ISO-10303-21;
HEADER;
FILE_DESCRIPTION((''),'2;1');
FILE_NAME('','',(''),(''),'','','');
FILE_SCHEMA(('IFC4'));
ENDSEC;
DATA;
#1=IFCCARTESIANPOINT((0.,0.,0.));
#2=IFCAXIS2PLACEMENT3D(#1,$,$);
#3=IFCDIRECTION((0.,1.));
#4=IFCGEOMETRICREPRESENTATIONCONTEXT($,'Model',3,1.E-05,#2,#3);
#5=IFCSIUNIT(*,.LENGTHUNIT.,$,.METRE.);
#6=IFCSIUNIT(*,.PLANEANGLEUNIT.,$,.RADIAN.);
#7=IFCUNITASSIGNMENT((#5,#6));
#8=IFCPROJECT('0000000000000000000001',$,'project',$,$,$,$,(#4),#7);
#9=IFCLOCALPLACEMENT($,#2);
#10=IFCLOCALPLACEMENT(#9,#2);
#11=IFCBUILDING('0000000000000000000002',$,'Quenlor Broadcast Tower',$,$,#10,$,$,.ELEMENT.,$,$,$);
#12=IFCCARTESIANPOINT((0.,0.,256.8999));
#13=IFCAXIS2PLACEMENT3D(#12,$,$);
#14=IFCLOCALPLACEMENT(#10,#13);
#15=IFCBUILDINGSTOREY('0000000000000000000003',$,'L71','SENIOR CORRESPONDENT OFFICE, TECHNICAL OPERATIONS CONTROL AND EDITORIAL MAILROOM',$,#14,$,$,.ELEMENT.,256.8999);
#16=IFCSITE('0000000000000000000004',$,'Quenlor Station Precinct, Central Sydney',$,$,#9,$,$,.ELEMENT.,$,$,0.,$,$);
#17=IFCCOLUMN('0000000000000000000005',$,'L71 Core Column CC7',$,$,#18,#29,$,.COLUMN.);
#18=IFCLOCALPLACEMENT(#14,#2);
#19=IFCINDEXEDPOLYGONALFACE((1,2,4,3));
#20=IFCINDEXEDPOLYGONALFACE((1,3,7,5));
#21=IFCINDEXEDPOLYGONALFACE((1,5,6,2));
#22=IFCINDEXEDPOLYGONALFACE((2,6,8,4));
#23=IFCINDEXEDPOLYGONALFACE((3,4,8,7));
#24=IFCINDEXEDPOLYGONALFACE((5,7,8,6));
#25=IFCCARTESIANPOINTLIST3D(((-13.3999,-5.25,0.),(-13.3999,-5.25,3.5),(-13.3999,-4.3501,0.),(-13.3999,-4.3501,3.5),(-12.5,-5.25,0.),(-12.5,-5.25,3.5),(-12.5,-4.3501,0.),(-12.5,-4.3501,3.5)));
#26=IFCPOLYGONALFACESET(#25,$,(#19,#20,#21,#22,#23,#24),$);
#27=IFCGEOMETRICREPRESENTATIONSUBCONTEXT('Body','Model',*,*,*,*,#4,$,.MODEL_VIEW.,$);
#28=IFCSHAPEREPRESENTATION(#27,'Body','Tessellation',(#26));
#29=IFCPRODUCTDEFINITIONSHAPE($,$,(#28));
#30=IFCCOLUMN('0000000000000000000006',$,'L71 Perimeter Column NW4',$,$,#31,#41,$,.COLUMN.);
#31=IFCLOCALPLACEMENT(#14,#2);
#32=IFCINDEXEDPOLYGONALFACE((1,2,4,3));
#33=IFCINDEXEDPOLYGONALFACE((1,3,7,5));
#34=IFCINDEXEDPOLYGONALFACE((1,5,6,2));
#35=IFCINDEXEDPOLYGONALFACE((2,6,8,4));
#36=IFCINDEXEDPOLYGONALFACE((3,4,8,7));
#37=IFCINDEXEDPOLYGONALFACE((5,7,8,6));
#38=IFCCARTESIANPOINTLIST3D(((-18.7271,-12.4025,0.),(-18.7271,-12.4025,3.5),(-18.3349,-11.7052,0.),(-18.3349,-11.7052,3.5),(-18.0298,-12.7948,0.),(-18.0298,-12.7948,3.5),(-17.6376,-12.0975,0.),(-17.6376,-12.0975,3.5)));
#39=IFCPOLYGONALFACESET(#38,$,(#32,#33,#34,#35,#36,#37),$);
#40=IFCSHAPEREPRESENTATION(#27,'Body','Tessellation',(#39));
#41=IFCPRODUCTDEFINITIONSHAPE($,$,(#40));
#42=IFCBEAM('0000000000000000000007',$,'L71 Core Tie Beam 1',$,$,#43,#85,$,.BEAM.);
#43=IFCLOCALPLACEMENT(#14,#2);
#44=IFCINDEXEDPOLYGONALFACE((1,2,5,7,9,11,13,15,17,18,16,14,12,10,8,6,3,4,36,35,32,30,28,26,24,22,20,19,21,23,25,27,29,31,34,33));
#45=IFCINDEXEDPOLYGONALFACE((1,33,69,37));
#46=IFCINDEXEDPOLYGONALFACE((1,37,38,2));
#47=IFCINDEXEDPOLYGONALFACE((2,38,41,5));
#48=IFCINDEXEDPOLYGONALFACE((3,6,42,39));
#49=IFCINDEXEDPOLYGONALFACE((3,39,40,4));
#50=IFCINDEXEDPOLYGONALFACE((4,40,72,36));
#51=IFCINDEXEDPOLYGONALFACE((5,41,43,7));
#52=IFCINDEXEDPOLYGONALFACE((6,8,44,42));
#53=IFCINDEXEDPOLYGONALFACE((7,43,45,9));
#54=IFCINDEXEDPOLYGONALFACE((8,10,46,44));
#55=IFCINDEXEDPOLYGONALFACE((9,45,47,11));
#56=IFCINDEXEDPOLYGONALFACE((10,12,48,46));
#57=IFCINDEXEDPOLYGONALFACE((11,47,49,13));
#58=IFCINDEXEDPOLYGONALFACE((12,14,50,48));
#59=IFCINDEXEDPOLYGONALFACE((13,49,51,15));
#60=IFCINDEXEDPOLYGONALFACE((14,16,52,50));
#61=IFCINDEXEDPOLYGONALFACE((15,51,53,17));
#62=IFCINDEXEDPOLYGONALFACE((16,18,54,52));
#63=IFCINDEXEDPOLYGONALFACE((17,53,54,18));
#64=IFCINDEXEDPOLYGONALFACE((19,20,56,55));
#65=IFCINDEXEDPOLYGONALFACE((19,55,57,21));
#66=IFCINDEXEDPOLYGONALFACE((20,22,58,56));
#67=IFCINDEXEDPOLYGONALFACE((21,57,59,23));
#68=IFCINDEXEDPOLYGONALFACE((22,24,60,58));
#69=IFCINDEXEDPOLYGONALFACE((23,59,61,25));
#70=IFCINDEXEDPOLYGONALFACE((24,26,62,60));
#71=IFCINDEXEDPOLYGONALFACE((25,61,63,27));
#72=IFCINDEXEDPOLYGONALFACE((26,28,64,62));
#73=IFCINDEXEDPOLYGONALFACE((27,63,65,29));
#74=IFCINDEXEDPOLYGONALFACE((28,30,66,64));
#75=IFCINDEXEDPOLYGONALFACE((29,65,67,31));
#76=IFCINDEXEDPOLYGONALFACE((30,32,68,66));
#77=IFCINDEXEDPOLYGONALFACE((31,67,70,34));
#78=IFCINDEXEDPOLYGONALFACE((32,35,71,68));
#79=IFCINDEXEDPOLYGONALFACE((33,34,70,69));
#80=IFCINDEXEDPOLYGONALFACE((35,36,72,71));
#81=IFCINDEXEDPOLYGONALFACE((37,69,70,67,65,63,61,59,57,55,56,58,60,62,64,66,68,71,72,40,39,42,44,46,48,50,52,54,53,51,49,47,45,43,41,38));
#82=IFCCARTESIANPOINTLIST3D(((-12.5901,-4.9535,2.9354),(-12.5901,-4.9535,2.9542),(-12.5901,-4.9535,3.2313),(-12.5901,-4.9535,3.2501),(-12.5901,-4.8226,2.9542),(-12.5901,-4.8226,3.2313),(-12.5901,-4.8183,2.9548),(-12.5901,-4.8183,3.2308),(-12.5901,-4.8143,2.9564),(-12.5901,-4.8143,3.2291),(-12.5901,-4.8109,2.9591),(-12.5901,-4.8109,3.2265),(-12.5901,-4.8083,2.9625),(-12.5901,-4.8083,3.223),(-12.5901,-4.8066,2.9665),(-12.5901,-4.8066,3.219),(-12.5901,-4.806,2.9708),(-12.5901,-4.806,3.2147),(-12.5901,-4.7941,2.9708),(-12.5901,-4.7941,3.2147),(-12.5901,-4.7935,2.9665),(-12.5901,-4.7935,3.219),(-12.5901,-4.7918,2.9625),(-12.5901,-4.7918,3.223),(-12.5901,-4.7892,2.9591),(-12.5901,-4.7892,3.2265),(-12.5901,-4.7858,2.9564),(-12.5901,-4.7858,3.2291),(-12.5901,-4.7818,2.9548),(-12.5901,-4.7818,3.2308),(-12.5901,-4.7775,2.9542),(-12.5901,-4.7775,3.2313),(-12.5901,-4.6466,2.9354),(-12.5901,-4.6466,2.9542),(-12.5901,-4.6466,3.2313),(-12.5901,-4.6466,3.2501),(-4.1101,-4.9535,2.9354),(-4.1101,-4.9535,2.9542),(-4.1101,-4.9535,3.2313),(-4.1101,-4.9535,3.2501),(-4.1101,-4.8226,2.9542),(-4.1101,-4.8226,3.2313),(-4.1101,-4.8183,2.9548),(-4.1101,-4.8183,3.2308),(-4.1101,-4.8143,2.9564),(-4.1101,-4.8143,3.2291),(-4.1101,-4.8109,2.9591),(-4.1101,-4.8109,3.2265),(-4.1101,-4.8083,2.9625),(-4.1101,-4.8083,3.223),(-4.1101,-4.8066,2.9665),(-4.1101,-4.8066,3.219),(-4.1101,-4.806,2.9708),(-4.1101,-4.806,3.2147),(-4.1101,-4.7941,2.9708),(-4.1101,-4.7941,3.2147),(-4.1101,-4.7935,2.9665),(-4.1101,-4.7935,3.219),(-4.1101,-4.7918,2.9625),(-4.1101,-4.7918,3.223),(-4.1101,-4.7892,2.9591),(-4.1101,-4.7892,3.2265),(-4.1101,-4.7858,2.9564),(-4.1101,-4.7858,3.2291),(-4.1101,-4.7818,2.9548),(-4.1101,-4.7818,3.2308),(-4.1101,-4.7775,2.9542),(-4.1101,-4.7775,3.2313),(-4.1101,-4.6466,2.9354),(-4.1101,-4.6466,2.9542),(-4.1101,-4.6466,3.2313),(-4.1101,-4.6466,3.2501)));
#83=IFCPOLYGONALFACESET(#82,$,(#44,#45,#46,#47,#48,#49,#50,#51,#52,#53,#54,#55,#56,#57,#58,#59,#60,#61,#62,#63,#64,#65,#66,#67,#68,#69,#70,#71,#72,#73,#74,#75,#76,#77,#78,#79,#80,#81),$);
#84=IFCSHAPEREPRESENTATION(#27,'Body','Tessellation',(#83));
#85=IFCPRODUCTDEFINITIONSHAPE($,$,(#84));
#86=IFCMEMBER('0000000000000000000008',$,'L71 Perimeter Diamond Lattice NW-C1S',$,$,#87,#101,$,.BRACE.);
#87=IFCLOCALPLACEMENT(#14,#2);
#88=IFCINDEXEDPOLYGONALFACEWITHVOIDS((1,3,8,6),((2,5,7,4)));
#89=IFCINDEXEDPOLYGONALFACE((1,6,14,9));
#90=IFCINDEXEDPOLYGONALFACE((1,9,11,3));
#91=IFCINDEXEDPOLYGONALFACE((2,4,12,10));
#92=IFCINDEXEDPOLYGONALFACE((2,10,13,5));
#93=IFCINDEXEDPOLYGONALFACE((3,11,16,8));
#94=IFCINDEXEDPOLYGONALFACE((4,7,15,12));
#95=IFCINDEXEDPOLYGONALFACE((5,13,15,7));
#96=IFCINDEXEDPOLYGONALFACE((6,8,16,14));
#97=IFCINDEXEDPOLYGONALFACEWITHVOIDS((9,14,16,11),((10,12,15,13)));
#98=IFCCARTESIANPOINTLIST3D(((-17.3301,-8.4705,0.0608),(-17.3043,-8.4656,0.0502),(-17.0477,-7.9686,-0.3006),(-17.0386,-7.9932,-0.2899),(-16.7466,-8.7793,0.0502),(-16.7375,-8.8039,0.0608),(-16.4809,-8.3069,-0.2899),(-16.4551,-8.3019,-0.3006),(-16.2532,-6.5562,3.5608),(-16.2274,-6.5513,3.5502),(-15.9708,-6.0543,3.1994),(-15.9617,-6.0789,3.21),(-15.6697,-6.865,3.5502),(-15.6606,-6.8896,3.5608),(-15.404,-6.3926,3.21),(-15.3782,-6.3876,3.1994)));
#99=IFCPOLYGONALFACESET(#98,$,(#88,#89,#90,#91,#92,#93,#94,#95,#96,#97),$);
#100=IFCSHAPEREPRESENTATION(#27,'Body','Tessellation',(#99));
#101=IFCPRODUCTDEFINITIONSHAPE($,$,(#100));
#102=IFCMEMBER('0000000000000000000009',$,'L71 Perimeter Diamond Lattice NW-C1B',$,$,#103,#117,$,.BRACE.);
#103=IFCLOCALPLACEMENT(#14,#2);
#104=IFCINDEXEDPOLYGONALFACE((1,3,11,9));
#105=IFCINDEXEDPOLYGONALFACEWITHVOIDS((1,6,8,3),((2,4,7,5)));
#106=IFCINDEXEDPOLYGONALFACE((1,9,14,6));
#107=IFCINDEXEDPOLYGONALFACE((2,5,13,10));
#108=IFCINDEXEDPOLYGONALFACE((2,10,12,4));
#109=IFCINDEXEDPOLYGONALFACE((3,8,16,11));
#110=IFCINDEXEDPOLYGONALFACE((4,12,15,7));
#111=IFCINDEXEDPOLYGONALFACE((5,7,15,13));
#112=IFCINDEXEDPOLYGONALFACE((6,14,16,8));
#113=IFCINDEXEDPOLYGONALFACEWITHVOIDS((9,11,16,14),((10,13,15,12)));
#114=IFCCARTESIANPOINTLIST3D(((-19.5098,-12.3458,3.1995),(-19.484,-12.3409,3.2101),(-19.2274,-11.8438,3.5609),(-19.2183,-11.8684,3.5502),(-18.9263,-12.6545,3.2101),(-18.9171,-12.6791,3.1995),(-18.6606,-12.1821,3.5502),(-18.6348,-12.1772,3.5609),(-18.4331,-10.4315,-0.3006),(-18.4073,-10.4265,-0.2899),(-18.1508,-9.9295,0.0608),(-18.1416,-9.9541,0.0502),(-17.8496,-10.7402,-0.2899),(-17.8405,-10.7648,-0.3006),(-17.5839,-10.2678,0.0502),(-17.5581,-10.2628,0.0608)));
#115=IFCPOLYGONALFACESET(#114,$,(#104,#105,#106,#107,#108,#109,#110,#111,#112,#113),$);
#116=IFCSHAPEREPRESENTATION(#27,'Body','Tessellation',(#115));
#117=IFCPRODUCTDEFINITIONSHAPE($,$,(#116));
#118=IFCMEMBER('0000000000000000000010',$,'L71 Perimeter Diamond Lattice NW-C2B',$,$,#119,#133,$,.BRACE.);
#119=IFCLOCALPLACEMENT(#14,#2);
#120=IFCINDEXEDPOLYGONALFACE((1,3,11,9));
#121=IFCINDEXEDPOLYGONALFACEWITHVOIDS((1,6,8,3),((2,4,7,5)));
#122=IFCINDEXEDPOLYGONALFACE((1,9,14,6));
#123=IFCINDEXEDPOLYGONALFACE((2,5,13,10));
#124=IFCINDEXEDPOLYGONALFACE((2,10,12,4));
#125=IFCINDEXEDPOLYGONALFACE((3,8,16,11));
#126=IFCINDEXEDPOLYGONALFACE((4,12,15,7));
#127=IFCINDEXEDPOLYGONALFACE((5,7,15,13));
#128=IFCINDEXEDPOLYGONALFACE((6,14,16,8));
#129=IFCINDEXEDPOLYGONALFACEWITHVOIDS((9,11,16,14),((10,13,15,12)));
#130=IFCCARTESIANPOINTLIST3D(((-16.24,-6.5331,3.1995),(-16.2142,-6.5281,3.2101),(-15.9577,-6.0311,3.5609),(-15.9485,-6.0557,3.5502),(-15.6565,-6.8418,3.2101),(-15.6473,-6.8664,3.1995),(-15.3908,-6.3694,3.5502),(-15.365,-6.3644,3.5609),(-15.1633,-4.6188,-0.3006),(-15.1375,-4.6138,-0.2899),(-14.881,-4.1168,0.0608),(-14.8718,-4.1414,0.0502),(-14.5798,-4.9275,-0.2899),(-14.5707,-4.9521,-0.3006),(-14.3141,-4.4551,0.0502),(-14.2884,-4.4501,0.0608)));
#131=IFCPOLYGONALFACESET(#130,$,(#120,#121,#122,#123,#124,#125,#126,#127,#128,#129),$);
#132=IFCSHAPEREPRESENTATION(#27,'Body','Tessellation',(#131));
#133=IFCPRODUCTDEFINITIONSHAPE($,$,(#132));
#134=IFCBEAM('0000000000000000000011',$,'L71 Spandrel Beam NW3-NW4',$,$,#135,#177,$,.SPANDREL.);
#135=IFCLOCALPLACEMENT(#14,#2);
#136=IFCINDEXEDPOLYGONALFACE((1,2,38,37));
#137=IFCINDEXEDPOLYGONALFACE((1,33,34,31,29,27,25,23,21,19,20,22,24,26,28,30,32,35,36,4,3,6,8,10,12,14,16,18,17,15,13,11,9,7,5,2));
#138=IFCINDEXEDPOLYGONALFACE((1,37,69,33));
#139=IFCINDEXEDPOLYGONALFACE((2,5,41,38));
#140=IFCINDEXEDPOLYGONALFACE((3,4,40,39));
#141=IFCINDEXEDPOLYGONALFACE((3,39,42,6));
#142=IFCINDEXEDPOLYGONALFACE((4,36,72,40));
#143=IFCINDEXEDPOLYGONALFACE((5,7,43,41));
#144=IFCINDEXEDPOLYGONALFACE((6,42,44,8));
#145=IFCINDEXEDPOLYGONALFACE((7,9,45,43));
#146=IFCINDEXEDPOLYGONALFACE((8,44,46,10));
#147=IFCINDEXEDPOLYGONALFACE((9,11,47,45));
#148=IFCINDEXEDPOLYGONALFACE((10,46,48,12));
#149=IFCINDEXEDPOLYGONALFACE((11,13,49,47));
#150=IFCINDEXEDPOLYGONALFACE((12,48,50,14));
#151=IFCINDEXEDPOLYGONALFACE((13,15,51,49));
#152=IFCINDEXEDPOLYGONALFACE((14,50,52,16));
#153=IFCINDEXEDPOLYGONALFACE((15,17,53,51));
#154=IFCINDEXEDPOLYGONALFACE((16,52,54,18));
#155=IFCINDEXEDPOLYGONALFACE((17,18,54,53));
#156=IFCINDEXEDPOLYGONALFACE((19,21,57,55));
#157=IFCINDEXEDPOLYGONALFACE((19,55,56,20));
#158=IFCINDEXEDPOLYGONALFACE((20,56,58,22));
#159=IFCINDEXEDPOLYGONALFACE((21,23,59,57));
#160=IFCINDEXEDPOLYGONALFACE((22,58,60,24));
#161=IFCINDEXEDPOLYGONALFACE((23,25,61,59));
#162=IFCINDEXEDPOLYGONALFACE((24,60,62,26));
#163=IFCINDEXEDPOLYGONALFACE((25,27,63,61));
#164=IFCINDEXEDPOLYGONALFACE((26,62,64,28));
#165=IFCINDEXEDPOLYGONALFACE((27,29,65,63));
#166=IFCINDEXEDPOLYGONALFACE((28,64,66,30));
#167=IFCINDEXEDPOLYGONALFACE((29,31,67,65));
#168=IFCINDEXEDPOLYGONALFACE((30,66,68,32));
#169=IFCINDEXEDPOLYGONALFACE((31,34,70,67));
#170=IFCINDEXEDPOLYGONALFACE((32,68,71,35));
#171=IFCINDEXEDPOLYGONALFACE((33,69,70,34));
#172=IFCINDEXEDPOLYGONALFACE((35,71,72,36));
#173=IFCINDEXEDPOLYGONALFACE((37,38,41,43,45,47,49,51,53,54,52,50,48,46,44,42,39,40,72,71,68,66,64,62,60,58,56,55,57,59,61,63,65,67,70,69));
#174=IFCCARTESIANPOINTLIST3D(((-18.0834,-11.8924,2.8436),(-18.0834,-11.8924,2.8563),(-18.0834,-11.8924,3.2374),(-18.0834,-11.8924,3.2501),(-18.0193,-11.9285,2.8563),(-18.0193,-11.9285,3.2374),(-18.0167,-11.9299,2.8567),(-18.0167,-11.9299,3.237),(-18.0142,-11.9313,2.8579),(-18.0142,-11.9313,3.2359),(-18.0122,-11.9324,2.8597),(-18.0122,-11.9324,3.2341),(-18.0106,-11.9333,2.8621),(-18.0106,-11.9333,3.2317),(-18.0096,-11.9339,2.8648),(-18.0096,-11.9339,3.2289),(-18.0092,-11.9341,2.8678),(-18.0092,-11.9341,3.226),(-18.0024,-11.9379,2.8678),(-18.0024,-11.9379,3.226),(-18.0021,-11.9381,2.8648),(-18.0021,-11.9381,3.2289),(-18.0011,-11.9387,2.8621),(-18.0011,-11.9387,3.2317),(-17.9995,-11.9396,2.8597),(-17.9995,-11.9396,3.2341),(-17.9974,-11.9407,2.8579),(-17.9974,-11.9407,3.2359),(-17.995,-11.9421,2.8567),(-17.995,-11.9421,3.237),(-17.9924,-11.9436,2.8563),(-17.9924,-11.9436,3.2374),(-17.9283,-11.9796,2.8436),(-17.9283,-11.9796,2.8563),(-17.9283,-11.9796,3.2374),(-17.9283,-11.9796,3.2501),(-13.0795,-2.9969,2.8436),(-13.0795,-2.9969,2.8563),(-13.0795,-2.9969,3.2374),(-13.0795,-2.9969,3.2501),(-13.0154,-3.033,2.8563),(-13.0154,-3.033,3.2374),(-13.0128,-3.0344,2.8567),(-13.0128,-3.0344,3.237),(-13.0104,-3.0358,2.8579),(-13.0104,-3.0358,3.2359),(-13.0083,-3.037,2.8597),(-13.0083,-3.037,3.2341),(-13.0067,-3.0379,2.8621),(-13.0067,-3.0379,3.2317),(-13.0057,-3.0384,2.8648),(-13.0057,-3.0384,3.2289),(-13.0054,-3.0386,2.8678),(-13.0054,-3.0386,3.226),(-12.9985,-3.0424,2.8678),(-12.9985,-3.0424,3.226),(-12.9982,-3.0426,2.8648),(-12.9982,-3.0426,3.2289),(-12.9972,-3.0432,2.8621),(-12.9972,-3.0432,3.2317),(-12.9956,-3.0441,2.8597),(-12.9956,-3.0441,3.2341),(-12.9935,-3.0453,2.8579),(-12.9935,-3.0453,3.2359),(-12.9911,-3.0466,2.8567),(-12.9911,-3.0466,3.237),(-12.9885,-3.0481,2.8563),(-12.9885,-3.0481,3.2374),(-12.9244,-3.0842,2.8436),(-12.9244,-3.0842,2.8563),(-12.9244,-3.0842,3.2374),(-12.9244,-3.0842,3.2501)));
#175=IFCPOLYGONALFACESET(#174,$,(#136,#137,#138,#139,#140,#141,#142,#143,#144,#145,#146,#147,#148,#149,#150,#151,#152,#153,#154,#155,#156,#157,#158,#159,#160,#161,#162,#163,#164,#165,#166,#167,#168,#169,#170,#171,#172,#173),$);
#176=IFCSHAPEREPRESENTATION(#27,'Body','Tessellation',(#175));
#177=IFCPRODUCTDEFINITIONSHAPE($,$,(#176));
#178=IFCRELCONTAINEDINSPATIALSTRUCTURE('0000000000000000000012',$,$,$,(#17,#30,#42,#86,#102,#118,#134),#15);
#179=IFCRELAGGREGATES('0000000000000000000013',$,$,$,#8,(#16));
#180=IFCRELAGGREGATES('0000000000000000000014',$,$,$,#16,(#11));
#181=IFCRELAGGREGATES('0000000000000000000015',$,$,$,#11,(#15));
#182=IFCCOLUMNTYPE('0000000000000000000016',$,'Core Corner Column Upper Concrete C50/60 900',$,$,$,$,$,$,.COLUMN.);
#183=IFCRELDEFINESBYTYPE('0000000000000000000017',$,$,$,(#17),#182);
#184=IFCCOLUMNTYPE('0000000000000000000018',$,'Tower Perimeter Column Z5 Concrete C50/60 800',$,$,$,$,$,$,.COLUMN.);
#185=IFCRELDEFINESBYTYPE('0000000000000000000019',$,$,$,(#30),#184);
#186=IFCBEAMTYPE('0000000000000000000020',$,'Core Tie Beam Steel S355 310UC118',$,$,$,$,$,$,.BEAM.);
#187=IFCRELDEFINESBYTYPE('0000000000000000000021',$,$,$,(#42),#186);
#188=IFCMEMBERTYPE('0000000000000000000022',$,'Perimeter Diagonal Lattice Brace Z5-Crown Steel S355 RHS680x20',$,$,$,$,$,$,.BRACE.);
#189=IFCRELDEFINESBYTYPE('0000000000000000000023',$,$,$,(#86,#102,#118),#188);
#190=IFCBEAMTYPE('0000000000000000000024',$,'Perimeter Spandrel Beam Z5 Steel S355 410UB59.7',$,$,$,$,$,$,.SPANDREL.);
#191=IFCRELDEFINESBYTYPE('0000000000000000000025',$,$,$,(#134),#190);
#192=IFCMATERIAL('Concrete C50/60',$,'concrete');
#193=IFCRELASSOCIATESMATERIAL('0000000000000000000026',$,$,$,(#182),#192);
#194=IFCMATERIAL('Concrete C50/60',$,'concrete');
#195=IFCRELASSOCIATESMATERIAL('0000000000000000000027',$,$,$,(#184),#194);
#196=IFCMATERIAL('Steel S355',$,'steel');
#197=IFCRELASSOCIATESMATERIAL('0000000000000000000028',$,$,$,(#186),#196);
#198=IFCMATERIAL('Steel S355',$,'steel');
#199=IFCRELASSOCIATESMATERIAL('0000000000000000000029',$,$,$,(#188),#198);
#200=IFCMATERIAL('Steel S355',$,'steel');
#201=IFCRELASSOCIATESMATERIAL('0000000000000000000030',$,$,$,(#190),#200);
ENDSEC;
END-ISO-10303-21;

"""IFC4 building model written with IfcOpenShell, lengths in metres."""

from ifc_helpers import new_model, si_unit, direction, frame, origin, origin_2d, place, context, subcontext, project, spatial, rectangle, hollow_rectangle, i_section, extrude, material, material_profile, profile_set, type_object, element, save


model = new_model("IFC4")

# Units and contexts
model_context = context("Model", 3, precision=1e-05, world=origin(), true_north=direction((0.0, 1.0)))
body_context = subcontext(model_context, "Body", "Model", "MODEL_VIEW")
ifc_project = project(units=[si_unit("LENGTHUNIT", "METRE"), si_unit("PLANEANGLEUNIT", "RADIAN")], contexts=[model_context])

# Site, building, storey
site_placement = place(None, origin())
site = spatial("IfcSite", under=ifc_project, at=site_placement, Name="Quenlor Station Precinct, Central Sydney", CompositionType="ELEMENT", RefElevation=0.0)
building_placement = place(site_placement, origin())
building = spatial("IfcBuilding", under=site, at=building_placement, Name="Quenlor Broadcast Tower", CompositionType="ELEMENT")
storey_placement = place(building_placement, frame((0.0, 0.0, 256.8999)))
storey = spatial("IfcBuildingStorey", under=building, at=storey_placement, Name="L71", Description="SENIOR CORRESPONDENT OFFICE, TECHNICAL OPERATIONS CONTROL AND EDITORIAL MAILROOM", CompositionType="ELEMENT", Elevation=256.8999)

# Columns
ifc_material_1 = material(Name="Concrete C50/60", Category="concrete")
ifc_material_profile_1 = material_profile(ifc_material_1, rectangle(XDim=0.8999, YDim=0.8999, at=origin_2d()))
ifc_profile_set_1 = profile_set([ifc_material_profile_1], Name="Concrete C50/60 RC900x900")
column_type_1 = type_object("IfcColumnType", Name="Core Corner Column Upper Concrete C50/60 900", PredefinedType="COLUMN", material=ifc_profile_set_1)
column_1_placement = place(storey_placement, frame((-12.95, -4.8, 0.0), z_axis=(0.0, 0.0, 1.0), x_axis=(1.0, 0.0, 0.0)))
element("IfcColumn", 1, at=column_1_placement, inside=storey, type_object=column_type_1, Name="L71 Core Column CC7", PredefinedType="COLUMN", context=body_context, shape_type="SweptSolid", body=[
    extrude(rectangle(XDim=0.8999, YDim=0.8999, at=origin_2d()), origin(), (0.0, 0.0, 1.0), 3.5),
])
ifc_material_2 = material(Name="Concrete C50/60", Category="concrete")
ifc_material_profile_2 = material_profile(ifc_material_2, rectangle(XDim=0.8, YDim=0.8, at=origin_2d()))
ifc_profile_set_2 = profile_set([ifc_material_profile_2], Name="Concrete C50/60 RC800x800")
column_type_2 = type_object("IfcColumnType", Name="Tower Perimeter Column Z5 Concrete C50/60 800", PredefinedType="COLUMN", material=ifc_profile_set_2)
column_2_placement = place(storey_placement, frame((-18.1824, -12.25, 0.0), z_axis=(0.0, 0.0, 1.0), x_axis=(-0.871575, 0.490262, 0.0)))
element("IfcColumn", 2, at=column_2_placement, inside=storey, type_object=column_type_2, Name="L71 Perimeter Column NW4", PredefinedType="COLUMN", context=body_context, shape_type="SweptSolid", body=[
    extrude(rectangle(XDim=0.8, YDim=0.8, at=origin_2d()), origin(), (0.0, 0.0, 1.0), 3.5),
])

# Beam
ifc_material_3 = material(Name="Steel S355", Category="steel")
ifc_material_profile_3 = material_profile(ifc_material_3, i_section(OverallWidth=0.3069, OverallDepth=0.3147, WebThickness=0.012, FlangeThickness=0.0188, FilletRadius=0.0166, at=origin_2d()))
ifc_profile_set_3 = profile_set([ifc_material_profile_3], Name="Steel S355 310UC118")
beam_type_1 = type_object("IfcBeamType", Name="Core Tie Beam Steel S355 310UC118", PredefinedType="BEAM", material=ifc_profile_set_3)
beam_1_placement = place(storey_placement, frame((-12.5901, -4.8, 3.0928), z_axis=(1.0, 0.0, 0.0), x_axis=(0.0, 1.0, 0.0)))
element("IfcBeam", 3, at=beam_1_placement, inside=storey, type_object=beam_type_1, Name="L71 Core Tie Beam 1", PredefinedType="BEAM", context=body_context, shape_type="SweptSolid", body=[
    extrude(i_section(OverallWidth=0.3069, OverallDepth=0.3147, WebThickness=0.012, FlangeThickness=0.0188, FilletRadius=0.0166, at=origin_2d()), origin(), (0.0, 0.0, 1.0), 8.48),
])

# Members
ifc_material_4 = material(Name="Steel S355", Category="steel")
ifc_material_profile_4 = material_profile(ifc_material_4, hollow_rectangle(XDim=0.6799, YDim=0.6799, WallThickness=0.02, at=origin_2d()))
ifc_profile_set_4 = profile_set([ifc_material_profile_4], Name="Steel S355 RHS680x680x20")
member_type = type_object("IfcMemberType", Name="Perimeter Diagonal Lattice Brace Z5-Crown Steel S355 RHS680x20", PredefinedType="BRACE", material=ifc_profile_set_4)
for number, where, z_axis, x_axis, name in (
    (4, (-16.8926, -8.3862, -0.1199), (0.260619, 0.463276, 0.847026), (-0.871555, 0.490298, 0.0), "L71 Perimeter Diamond Lattice NW-C1S"),
    (5, (-17.9956, -10.3472, -0.1199), (-0.260564, -0.463283, 0.847039), (0.871602, -0.490214, 0.0), "L71 Perimeter Diamond Lattice NW-C1B"),
    (6, (-14.7258, -4.5344, -0.1199), (-0.260564, -0.463283, 0.847039), (0.871602, -0.490214, 0.0), "L71 Perimeter Diamond Lattice NW-C2B"),
):
    element("IfcMember", number, at=place(storey_placement, frame(where, z_axis=z_axis, x_axis=x_axis)), inside=storey, type_object=member_type, Name=name, PredefinedType="BRACE", context=body_context, shape_type="SweptSolid", body=[
        extrude(hollow_rectangle(XDim=0.6799, YDim=0.6799, WallThickness=0.02, at=origin_2d()), origin(), (0.0, 0.0, 1.0), 4.1321),
    ])

# Beam
ifc_material_5 = material(Name="Steel S355", Category="steel")
ifc_material_profile_5 = material_profile(ifc_material_5, i_section(OverallWidth=0.178, OverallDepth=0.4065, WebThickness=0.0078, FlangeThickness=0.0127, FilletRadius=0.0115, at=origin_2d()))
ifc_profile_set_5 = profile_set([ifc_material_profile_5], Name="Steel S355 410UB59.7")
beam_type_2 = type_object("IfcBeamType", Name="Perimeter Spandrel Beam Z5 Steel S355 410UB59.7", PredefinedType="SPANDREL", material=ifc_profile_set_5)
beam_2_placement = place(storey_placement, frame((-13.002, -3.0405, 3.0469), z_axis=(-0.490275, -0.871568, 0.0), x_axis=(0.871568, -0.490275, 0.0)))
element("IfcBeam", 7, at=beam_2_placement, inside=storey, type_object=beam_type_2, Name="L71 Spandrel Beam NW3-NW4", PredefinedType="SPANDREL", context=body_context, shape_type="SweptSolid", body=[
    extrude(i_section(OverallWidth=0.178, OverallDepth=0.4065, WebThickness=0.0078, FlangeThickness=0.0127, FilletRadius=0.0115, at=origin_2d()), origin(), (0.0, 0.0, 1.0), 10.2063),
])

save(model, "model.ifc")
